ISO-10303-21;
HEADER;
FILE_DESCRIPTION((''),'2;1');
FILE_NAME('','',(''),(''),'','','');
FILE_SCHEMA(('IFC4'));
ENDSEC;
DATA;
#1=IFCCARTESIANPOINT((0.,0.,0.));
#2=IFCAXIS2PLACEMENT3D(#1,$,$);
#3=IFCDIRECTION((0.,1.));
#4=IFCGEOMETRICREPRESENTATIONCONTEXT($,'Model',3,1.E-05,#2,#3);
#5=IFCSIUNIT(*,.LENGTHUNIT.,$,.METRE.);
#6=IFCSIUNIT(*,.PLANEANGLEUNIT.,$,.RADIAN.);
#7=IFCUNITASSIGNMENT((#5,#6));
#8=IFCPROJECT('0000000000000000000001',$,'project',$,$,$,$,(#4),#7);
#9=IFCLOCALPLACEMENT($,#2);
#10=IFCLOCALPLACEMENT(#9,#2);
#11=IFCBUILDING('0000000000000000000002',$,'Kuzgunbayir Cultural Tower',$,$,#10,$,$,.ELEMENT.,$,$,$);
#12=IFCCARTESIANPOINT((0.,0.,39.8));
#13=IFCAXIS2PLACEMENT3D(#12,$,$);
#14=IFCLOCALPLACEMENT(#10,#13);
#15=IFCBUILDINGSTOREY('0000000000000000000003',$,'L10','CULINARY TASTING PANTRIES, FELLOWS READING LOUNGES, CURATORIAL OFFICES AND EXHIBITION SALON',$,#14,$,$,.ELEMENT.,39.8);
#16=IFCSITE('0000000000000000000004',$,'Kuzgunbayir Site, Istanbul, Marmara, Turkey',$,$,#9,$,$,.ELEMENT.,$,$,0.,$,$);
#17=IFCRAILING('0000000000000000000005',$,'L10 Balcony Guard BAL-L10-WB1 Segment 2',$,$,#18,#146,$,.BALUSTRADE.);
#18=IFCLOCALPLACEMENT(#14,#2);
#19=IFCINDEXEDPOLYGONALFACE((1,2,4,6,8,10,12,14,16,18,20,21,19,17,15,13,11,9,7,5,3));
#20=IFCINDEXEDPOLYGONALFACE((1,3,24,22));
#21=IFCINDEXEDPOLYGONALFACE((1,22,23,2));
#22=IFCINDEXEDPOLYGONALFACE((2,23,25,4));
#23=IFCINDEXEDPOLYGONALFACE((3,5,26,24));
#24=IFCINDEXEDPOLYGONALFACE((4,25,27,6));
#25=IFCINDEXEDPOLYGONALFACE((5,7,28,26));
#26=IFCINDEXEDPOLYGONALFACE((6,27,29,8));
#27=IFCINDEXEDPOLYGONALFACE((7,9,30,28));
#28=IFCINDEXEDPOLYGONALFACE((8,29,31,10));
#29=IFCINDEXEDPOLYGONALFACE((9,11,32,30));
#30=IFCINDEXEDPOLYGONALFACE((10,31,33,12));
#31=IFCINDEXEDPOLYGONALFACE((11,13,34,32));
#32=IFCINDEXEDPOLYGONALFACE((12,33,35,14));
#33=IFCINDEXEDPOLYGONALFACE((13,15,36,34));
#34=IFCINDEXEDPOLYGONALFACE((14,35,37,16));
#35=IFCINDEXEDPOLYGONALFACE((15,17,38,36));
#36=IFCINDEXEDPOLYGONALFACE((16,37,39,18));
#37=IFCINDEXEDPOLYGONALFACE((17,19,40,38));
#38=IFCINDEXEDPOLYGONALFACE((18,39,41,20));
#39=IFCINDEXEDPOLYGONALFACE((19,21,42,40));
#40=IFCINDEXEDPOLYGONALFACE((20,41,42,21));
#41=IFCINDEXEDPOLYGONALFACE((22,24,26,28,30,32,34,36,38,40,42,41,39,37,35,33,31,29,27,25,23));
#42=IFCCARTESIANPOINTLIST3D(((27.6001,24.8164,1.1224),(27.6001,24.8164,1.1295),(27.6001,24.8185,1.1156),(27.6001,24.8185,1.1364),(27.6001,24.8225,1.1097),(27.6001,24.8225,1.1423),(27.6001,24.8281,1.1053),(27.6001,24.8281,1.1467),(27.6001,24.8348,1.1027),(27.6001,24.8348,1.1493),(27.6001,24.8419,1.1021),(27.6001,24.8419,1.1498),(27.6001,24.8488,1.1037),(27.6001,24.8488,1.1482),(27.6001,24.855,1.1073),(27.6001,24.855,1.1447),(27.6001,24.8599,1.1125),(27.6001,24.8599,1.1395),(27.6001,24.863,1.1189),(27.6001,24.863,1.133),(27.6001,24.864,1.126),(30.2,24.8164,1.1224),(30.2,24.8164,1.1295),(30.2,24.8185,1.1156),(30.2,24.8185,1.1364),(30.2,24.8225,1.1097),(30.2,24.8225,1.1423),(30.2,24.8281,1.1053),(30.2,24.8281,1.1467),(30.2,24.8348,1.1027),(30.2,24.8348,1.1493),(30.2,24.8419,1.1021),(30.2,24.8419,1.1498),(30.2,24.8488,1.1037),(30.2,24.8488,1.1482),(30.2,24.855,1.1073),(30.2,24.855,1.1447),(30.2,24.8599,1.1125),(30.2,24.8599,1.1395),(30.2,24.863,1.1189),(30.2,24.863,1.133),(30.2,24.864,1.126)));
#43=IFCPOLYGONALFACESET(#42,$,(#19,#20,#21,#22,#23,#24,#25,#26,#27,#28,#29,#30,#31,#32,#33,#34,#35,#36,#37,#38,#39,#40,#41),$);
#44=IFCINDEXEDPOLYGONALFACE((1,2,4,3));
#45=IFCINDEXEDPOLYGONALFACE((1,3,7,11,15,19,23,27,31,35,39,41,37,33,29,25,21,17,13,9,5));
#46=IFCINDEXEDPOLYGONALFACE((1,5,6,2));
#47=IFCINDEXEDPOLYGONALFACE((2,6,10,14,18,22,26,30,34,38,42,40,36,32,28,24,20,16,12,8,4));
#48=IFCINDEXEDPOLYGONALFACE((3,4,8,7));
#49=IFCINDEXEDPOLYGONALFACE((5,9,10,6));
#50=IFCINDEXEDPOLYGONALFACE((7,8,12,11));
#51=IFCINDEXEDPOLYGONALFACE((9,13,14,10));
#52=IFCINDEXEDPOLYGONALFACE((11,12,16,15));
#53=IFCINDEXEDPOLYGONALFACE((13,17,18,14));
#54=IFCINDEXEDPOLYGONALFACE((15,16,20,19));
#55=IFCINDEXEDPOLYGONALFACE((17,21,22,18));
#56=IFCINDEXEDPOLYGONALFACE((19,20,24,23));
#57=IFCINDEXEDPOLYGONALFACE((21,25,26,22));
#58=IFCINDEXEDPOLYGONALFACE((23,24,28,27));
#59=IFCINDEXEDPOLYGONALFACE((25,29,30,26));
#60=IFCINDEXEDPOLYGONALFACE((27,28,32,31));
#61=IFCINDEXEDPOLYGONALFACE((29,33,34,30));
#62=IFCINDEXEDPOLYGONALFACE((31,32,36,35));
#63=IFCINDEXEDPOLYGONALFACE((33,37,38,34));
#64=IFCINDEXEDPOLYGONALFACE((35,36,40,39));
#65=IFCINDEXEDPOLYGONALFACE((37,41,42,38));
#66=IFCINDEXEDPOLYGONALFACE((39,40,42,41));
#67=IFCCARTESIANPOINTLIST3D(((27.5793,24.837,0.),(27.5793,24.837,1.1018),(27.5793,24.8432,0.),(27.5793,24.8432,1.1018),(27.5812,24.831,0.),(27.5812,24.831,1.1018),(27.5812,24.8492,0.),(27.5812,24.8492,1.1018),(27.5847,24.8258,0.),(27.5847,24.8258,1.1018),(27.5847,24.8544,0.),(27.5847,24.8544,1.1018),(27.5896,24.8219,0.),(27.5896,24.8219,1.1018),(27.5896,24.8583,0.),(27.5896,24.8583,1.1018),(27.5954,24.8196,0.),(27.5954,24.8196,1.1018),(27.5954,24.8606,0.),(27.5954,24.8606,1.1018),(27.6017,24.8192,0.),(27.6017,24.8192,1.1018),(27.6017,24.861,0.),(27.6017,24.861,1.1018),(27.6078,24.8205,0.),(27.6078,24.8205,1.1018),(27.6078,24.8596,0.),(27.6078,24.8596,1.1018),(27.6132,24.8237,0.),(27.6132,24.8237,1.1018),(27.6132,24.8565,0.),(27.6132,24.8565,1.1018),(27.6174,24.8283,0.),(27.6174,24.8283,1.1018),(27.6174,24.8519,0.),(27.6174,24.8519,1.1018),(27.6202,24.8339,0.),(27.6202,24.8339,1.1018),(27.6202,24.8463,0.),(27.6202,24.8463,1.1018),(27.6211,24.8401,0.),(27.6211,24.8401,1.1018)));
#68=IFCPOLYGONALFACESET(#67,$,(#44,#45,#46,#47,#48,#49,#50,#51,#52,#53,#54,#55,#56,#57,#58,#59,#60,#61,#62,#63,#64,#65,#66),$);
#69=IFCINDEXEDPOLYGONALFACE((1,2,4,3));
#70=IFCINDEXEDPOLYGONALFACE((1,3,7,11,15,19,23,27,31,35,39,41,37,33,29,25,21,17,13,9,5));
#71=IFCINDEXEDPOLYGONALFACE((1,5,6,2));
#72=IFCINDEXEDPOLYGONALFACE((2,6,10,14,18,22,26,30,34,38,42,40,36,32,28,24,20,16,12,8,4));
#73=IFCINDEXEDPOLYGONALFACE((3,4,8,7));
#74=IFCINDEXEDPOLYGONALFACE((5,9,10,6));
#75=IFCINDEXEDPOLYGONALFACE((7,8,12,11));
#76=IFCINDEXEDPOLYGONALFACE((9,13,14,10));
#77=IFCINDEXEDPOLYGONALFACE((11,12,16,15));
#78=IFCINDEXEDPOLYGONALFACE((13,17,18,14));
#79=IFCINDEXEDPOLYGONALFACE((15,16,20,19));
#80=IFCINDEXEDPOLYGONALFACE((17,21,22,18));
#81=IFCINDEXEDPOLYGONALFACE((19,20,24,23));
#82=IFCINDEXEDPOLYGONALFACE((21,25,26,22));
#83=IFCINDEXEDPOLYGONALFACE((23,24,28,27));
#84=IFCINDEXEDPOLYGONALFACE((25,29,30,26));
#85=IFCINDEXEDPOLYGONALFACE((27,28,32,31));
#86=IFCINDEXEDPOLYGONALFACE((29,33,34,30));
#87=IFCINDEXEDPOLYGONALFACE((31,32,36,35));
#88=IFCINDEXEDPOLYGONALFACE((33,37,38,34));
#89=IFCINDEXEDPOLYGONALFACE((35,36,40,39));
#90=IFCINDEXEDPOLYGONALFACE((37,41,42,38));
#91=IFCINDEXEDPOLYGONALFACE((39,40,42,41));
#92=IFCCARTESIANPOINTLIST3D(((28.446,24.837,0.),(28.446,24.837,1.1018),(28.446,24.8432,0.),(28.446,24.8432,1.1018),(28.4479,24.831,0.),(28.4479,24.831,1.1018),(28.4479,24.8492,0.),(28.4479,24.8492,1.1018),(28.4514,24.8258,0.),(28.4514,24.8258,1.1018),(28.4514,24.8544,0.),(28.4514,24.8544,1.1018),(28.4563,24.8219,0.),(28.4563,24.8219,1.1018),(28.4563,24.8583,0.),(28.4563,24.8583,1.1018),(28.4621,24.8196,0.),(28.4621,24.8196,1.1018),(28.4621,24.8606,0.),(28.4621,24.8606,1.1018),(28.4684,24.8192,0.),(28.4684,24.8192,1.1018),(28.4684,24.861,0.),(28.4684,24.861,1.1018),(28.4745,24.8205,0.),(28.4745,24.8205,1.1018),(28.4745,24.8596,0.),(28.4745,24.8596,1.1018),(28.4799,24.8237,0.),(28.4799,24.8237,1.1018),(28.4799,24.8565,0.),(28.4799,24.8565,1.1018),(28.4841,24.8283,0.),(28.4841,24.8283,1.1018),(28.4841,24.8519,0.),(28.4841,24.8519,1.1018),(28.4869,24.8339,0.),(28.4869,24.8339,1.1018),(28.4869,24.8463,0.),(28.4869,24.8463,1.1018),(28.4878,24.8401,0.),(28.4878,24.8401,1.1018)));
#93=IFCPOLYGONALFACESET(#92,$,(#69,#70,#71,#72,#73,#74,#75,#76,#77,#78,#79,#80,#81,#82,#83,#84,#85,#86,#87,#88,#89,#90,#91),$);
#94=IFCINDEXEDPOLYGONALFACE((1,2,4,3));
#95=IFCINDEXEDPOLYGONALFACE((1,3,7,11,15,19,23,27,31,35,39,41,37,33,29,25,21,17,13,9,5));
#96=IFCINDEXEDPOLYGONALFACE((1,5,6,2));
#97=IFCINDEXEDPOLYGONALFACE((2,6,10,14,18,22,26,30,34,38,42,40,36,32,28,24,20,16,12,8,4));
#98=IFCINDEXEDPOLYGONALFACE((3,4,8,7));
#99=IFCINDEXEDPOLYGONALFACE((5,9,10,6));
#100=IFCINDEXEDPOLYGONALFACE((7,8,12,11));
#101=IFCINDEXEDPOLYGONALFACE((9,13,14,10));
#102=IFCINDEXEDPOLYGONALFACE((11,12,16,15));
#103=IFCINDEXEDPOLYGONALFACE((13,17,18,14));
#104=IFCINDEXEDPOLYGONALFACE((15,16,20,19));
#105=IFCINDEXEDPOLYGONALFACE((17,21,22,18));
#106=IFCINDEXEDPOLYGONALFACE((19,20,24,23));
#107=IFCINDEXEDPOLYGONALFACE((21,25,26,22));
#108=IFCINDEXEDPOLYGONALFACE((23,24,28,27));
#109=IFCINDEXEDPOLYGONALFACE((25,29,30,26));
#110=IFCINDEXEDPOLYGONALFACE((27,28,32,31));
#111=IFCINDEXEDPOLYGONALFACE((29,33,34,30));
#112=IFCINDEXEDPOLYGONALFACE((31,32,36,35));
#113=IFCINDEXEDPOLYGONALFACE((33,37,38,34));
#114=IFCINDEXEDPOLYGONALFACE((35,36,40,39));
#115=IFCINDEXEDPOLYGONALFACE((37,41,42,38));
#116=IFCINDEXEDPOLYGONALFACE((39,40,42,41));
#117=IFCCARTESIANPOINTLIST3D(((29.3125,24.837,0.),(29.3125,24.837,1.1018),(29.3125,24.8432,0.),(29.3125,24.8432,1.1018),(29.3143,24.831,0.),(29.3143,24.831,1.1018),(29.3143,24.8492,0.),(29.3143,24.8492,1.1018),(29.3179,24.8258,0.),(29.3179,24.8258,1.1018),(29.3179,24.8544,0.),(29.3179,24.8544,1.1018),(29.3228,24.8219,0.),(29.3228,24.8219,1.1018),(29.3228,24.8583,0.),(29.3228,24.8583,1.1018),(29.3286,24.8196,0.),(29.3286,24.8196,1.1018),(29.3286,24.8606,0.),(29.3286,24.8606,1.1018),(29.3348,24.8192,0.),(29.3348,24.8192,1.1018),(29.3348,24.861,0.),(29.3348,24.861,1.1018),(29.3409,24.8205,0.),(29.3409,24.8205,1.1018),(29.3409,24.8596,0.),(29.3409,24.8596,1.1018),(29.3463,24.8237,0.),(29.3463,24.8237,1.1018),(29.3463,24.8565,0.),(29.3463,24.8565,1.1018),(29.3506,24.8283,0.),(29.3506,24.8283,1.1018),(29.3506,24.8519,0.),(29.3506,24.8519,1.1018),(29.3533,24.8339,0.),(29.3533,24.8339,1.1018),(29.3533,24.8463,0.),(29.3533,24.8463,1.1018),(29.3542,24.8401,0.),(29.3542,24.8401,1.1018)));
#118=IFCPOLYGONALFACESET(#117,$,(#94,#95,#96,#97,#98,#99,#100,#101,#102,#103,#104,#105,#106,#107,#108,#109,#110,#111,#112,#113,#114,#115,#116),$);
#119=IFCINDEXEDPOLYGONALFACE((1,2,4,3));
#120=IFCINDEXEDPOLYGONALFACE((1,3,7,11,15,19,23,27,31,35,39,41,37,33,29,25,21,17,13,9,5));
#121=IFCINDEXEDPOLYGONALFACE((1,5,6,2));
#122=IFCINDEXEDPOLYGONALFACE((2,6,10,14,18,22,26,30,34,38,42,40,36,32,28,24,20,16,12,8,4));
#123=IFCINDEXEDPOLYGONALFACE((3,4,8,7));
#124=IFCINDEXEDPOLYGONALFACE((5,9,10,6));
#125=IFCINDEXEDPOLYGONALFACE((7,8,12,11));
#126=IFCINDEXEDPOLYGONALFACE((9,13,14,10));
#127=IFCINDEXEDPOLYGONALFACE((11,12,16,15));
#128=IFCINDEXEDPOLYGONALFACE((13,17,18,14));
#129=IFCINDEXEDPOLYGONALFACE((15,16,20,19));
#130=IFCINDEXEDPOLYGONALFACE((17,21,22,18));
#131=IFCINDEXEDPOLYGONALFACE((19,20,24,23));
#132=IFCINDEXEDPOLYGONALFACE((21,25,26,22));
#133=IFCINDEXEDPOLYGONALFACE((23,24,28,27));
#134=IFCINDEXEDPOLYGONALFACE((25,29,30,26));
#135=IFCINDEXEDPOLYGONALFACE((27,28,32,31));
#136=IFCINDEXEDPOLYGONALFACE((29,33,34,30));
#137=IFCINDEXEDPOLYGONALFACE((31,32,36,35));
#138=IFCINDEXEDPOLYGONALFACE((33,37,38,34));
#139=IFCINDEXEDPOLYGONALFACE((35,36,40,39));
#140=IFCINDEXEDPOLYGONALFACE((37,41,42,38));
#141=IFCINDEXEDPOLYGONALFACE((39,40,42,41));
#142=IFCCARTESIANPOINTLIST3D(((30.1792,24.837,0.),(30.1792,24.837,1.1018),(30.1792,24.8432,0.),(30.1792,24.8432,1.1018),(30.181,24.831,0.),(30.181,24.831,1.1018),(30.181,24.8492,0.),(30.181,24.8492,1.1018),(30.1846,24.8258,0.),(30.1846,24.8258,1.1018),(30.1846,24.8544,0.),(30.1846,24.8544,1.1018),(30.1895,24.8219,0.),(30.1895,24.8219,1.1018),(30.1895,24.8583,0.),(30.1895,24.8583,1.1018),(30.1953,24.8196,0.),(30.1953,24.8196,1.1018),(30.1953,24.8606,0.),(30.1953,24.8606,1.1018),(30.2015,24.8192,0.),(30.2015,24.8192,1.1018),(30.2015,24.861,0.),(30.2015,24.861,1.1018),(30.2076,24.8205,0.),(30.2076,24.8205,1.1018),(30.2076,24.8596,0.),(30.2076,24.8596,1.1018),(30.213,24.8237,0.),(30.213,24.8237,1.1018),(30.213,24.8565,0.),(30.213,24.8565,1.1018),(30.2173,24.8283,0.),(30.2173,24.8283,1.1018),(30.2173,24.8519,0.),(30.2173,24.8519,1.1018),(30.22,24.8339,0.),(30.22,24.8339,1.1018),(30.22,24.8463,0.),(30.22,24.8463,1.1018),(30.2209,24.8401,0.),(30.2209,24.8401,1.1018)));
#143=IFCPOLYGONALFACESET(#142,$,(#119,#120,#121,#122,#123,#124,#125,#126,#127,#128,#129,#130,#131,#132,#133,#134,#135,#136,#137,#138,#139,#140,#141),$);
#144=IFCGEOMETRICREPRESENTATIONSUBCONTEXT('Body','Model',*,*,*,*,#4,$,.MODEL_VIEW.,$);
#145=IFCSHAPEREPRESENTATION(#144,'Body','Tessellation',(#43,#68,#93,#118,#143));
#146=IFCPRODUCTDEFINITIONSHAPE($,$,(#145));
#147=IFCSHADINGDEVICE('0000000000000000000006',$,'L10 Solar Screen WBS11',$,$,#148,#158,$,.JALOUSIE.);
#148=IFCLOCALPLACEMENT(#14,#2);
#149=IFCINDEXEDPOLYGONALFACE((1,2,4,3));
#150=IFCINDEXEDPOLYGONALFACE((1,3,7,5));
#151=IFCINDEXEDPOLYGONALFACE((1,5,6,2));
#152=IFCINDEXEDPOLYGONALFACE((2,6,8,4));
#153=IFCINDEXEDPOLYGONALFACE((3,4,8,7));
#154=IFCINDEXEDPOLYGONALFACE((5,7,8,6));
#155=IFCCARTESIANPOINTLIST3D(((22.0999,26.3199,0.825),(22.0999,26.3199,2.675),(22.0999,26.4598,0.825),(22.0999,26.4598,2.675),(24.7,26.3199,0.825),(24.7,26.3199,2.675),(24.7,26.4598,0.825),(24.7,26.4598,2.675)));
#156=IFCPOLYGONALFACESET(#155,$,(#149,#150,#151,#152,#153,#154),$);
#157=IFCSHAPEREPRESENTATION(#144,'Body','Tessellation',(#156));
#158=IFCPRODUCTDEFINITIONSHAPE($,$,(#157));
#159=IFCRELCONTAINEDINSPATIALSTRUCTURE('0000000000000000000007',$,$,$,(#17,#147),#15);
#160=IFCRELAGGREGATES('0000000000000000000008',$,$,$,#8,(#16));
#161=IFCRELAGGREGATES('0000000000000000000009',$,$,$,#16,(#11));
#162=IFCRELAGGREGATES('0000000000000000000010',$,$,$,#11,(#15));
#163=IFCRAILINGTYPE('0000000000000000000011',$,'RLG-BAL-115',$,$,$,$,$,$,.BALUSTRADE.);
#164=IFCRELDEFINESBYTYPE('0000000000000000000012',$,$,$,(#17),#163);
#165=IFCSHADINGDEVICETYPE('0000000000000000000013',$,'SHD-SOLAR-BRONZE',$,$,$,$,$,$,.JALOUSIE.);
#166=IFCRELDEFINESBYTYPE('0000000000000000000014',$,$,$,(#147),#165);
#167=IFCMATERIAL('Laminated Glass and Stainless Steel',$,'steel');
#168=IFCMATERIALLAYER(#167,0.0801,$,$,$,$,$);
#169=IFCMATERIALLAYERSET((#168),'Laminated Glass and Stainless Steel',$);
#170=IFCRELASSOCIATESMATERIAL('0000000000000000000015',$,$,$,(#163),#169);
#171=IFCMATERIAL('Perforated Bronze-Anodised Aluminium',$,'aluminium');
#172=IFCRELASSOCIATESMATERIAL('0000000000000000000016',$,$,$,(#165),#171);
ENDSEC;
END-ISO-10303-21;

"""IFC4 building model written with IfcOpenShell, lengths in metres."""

from ifc_helpers import new_model, si_unit, direction, frame, origin, origin_2d, place, context, subcontext, project, spatial, rectangle, circle, extrude, material, layer, layer_set, type_object, element, save


model = new_model("IFC4")

# Units and contexts
model_context = context("Model", 3, precision=1e-05, world=origin(), true_north=direction((0.0, 1.0)))
body_context = subcontext(model_context, "Body", "Model", "MODEL_VIEW")
ifc_project = project(units=[si_unit("LENGTHUNIT", "METRE"), si_unit("PLANEANGLEUNIT", "RADIAN")], contexts=[model_context])

# Site, building, storey
site_placement = place(None, origin())
site = spatial("IfcSite", under=ifc_project, at=site_placement, Name="Kuzgunbayir Site, Istanbul, Marmara, Turkey", CompositionType="ELEMENT", RefElevation=0.0)
building_placement = place(site_placement, origin())
building = spatial("IfcBuilding", under=site, at=building_placement, Name="Kuzgunbayir Cultural Tower", CompositionType="ELEMENT")
storey_placement = place(building_placement, frame((0.0, 0.0, 39.8)))
storey = spatial("IfcBuildingStorey", under=building, at=storey_placement, Name="L10", Description="CULINARY TASTING PANTRIES, FELLOWS READING LOUNGES, CURATORIAL OFFICES AND EXHIBITION SALON", CompositionType="ELEMENT", Elevation=39.8)

# Railing
ifc_material_1 = material(Name="Laminated Glass and Stainless Steel", Category="steel")
ifc_layer_1 = layer(ifc_material_1, 0.0801)
ifc_layer_set_1 = layer_set([ifc_layer_1], Name="Laminated Glass and Stainless Steel")
railing_type = type_object("IfcRailingType", Name="RLG-BAL-115", PredefinedType="BALUSTRADE", material=ifc_layer_set_1)
railing_1_placement = place(storey_placement, frame((27.6001, 24.8401, 0.0)))
element("IfcRailing", 1, at=railing_1_placement, inside=storey, type_object=railing_type, Name="L10 Balcony Guard BAL-L10-WB1 Segment 2", PredefinedType="BALUSTRADE", context=body_context, shape_type="SweptSolid", body=[
    extrude(circle(Radius=0.0239, at=origin_2d()), frame((0.0, 0.0, 1.126), z_axis=(1.0, 0.0, 0.0), x_axis=(0.0, 1.0, 0.0)), (0.0, 0.0, 1.0), 2.5999),
    extrude(circle(Radius=0.021, at=origin_2d()), origin(), (0.0, 0.0, 1.0), 1.1018),
    extrude(circle(Radius=0.021, at=origin_2d()), frame((0.8667, 0.0, 0.0)), (0.0, 0.0, 1.0), 1.1018),
    extrude(circle(Radius=0.021, at=origin_2d()), frame((1.7332, 0.0, 0.0)), (0.0, 0.0, 1.0), 1.1018),
    extrude(circle(Radius=0.021, at=origin_2d()), frame((2.5999, 0.0, 0.0)), (0.0, 0.0, 1.0), 1.1018),
])

# Shading device
ifc_material_2 = material(Name="Perforated Bronze-Anodised Aluminium", Category="aluminium")
shading_device_type = type_object("IfcShadingDeviceType", Name="SHD-SOLAR-BRONZE", PredefinedType="JALOUSIE", material=ifc_material_2)
shading_device_placement = place(storey_placement, frame((23.3999, 26.3899, 0.825), z_axis=(0.0, 0.0, 1.0), x_axis=(1.0, 0.0, 0.0)))
element("IfcShadingDevice", 2, at=shading_device_placement, inside=storey, type_object=shading_device_type, Name="L10 Solar Screen WBS11", PredefinedType="JALOUSIE", context=body_context, shape_type="SweptSolid", body=[
    extrude(rectangle(XDim=2.6001, YDim=0.1399, at=origin_2d()), origin(), (0.0, 0.0, 1.0), 1.8501),
])

save(model, "model.ifc")
